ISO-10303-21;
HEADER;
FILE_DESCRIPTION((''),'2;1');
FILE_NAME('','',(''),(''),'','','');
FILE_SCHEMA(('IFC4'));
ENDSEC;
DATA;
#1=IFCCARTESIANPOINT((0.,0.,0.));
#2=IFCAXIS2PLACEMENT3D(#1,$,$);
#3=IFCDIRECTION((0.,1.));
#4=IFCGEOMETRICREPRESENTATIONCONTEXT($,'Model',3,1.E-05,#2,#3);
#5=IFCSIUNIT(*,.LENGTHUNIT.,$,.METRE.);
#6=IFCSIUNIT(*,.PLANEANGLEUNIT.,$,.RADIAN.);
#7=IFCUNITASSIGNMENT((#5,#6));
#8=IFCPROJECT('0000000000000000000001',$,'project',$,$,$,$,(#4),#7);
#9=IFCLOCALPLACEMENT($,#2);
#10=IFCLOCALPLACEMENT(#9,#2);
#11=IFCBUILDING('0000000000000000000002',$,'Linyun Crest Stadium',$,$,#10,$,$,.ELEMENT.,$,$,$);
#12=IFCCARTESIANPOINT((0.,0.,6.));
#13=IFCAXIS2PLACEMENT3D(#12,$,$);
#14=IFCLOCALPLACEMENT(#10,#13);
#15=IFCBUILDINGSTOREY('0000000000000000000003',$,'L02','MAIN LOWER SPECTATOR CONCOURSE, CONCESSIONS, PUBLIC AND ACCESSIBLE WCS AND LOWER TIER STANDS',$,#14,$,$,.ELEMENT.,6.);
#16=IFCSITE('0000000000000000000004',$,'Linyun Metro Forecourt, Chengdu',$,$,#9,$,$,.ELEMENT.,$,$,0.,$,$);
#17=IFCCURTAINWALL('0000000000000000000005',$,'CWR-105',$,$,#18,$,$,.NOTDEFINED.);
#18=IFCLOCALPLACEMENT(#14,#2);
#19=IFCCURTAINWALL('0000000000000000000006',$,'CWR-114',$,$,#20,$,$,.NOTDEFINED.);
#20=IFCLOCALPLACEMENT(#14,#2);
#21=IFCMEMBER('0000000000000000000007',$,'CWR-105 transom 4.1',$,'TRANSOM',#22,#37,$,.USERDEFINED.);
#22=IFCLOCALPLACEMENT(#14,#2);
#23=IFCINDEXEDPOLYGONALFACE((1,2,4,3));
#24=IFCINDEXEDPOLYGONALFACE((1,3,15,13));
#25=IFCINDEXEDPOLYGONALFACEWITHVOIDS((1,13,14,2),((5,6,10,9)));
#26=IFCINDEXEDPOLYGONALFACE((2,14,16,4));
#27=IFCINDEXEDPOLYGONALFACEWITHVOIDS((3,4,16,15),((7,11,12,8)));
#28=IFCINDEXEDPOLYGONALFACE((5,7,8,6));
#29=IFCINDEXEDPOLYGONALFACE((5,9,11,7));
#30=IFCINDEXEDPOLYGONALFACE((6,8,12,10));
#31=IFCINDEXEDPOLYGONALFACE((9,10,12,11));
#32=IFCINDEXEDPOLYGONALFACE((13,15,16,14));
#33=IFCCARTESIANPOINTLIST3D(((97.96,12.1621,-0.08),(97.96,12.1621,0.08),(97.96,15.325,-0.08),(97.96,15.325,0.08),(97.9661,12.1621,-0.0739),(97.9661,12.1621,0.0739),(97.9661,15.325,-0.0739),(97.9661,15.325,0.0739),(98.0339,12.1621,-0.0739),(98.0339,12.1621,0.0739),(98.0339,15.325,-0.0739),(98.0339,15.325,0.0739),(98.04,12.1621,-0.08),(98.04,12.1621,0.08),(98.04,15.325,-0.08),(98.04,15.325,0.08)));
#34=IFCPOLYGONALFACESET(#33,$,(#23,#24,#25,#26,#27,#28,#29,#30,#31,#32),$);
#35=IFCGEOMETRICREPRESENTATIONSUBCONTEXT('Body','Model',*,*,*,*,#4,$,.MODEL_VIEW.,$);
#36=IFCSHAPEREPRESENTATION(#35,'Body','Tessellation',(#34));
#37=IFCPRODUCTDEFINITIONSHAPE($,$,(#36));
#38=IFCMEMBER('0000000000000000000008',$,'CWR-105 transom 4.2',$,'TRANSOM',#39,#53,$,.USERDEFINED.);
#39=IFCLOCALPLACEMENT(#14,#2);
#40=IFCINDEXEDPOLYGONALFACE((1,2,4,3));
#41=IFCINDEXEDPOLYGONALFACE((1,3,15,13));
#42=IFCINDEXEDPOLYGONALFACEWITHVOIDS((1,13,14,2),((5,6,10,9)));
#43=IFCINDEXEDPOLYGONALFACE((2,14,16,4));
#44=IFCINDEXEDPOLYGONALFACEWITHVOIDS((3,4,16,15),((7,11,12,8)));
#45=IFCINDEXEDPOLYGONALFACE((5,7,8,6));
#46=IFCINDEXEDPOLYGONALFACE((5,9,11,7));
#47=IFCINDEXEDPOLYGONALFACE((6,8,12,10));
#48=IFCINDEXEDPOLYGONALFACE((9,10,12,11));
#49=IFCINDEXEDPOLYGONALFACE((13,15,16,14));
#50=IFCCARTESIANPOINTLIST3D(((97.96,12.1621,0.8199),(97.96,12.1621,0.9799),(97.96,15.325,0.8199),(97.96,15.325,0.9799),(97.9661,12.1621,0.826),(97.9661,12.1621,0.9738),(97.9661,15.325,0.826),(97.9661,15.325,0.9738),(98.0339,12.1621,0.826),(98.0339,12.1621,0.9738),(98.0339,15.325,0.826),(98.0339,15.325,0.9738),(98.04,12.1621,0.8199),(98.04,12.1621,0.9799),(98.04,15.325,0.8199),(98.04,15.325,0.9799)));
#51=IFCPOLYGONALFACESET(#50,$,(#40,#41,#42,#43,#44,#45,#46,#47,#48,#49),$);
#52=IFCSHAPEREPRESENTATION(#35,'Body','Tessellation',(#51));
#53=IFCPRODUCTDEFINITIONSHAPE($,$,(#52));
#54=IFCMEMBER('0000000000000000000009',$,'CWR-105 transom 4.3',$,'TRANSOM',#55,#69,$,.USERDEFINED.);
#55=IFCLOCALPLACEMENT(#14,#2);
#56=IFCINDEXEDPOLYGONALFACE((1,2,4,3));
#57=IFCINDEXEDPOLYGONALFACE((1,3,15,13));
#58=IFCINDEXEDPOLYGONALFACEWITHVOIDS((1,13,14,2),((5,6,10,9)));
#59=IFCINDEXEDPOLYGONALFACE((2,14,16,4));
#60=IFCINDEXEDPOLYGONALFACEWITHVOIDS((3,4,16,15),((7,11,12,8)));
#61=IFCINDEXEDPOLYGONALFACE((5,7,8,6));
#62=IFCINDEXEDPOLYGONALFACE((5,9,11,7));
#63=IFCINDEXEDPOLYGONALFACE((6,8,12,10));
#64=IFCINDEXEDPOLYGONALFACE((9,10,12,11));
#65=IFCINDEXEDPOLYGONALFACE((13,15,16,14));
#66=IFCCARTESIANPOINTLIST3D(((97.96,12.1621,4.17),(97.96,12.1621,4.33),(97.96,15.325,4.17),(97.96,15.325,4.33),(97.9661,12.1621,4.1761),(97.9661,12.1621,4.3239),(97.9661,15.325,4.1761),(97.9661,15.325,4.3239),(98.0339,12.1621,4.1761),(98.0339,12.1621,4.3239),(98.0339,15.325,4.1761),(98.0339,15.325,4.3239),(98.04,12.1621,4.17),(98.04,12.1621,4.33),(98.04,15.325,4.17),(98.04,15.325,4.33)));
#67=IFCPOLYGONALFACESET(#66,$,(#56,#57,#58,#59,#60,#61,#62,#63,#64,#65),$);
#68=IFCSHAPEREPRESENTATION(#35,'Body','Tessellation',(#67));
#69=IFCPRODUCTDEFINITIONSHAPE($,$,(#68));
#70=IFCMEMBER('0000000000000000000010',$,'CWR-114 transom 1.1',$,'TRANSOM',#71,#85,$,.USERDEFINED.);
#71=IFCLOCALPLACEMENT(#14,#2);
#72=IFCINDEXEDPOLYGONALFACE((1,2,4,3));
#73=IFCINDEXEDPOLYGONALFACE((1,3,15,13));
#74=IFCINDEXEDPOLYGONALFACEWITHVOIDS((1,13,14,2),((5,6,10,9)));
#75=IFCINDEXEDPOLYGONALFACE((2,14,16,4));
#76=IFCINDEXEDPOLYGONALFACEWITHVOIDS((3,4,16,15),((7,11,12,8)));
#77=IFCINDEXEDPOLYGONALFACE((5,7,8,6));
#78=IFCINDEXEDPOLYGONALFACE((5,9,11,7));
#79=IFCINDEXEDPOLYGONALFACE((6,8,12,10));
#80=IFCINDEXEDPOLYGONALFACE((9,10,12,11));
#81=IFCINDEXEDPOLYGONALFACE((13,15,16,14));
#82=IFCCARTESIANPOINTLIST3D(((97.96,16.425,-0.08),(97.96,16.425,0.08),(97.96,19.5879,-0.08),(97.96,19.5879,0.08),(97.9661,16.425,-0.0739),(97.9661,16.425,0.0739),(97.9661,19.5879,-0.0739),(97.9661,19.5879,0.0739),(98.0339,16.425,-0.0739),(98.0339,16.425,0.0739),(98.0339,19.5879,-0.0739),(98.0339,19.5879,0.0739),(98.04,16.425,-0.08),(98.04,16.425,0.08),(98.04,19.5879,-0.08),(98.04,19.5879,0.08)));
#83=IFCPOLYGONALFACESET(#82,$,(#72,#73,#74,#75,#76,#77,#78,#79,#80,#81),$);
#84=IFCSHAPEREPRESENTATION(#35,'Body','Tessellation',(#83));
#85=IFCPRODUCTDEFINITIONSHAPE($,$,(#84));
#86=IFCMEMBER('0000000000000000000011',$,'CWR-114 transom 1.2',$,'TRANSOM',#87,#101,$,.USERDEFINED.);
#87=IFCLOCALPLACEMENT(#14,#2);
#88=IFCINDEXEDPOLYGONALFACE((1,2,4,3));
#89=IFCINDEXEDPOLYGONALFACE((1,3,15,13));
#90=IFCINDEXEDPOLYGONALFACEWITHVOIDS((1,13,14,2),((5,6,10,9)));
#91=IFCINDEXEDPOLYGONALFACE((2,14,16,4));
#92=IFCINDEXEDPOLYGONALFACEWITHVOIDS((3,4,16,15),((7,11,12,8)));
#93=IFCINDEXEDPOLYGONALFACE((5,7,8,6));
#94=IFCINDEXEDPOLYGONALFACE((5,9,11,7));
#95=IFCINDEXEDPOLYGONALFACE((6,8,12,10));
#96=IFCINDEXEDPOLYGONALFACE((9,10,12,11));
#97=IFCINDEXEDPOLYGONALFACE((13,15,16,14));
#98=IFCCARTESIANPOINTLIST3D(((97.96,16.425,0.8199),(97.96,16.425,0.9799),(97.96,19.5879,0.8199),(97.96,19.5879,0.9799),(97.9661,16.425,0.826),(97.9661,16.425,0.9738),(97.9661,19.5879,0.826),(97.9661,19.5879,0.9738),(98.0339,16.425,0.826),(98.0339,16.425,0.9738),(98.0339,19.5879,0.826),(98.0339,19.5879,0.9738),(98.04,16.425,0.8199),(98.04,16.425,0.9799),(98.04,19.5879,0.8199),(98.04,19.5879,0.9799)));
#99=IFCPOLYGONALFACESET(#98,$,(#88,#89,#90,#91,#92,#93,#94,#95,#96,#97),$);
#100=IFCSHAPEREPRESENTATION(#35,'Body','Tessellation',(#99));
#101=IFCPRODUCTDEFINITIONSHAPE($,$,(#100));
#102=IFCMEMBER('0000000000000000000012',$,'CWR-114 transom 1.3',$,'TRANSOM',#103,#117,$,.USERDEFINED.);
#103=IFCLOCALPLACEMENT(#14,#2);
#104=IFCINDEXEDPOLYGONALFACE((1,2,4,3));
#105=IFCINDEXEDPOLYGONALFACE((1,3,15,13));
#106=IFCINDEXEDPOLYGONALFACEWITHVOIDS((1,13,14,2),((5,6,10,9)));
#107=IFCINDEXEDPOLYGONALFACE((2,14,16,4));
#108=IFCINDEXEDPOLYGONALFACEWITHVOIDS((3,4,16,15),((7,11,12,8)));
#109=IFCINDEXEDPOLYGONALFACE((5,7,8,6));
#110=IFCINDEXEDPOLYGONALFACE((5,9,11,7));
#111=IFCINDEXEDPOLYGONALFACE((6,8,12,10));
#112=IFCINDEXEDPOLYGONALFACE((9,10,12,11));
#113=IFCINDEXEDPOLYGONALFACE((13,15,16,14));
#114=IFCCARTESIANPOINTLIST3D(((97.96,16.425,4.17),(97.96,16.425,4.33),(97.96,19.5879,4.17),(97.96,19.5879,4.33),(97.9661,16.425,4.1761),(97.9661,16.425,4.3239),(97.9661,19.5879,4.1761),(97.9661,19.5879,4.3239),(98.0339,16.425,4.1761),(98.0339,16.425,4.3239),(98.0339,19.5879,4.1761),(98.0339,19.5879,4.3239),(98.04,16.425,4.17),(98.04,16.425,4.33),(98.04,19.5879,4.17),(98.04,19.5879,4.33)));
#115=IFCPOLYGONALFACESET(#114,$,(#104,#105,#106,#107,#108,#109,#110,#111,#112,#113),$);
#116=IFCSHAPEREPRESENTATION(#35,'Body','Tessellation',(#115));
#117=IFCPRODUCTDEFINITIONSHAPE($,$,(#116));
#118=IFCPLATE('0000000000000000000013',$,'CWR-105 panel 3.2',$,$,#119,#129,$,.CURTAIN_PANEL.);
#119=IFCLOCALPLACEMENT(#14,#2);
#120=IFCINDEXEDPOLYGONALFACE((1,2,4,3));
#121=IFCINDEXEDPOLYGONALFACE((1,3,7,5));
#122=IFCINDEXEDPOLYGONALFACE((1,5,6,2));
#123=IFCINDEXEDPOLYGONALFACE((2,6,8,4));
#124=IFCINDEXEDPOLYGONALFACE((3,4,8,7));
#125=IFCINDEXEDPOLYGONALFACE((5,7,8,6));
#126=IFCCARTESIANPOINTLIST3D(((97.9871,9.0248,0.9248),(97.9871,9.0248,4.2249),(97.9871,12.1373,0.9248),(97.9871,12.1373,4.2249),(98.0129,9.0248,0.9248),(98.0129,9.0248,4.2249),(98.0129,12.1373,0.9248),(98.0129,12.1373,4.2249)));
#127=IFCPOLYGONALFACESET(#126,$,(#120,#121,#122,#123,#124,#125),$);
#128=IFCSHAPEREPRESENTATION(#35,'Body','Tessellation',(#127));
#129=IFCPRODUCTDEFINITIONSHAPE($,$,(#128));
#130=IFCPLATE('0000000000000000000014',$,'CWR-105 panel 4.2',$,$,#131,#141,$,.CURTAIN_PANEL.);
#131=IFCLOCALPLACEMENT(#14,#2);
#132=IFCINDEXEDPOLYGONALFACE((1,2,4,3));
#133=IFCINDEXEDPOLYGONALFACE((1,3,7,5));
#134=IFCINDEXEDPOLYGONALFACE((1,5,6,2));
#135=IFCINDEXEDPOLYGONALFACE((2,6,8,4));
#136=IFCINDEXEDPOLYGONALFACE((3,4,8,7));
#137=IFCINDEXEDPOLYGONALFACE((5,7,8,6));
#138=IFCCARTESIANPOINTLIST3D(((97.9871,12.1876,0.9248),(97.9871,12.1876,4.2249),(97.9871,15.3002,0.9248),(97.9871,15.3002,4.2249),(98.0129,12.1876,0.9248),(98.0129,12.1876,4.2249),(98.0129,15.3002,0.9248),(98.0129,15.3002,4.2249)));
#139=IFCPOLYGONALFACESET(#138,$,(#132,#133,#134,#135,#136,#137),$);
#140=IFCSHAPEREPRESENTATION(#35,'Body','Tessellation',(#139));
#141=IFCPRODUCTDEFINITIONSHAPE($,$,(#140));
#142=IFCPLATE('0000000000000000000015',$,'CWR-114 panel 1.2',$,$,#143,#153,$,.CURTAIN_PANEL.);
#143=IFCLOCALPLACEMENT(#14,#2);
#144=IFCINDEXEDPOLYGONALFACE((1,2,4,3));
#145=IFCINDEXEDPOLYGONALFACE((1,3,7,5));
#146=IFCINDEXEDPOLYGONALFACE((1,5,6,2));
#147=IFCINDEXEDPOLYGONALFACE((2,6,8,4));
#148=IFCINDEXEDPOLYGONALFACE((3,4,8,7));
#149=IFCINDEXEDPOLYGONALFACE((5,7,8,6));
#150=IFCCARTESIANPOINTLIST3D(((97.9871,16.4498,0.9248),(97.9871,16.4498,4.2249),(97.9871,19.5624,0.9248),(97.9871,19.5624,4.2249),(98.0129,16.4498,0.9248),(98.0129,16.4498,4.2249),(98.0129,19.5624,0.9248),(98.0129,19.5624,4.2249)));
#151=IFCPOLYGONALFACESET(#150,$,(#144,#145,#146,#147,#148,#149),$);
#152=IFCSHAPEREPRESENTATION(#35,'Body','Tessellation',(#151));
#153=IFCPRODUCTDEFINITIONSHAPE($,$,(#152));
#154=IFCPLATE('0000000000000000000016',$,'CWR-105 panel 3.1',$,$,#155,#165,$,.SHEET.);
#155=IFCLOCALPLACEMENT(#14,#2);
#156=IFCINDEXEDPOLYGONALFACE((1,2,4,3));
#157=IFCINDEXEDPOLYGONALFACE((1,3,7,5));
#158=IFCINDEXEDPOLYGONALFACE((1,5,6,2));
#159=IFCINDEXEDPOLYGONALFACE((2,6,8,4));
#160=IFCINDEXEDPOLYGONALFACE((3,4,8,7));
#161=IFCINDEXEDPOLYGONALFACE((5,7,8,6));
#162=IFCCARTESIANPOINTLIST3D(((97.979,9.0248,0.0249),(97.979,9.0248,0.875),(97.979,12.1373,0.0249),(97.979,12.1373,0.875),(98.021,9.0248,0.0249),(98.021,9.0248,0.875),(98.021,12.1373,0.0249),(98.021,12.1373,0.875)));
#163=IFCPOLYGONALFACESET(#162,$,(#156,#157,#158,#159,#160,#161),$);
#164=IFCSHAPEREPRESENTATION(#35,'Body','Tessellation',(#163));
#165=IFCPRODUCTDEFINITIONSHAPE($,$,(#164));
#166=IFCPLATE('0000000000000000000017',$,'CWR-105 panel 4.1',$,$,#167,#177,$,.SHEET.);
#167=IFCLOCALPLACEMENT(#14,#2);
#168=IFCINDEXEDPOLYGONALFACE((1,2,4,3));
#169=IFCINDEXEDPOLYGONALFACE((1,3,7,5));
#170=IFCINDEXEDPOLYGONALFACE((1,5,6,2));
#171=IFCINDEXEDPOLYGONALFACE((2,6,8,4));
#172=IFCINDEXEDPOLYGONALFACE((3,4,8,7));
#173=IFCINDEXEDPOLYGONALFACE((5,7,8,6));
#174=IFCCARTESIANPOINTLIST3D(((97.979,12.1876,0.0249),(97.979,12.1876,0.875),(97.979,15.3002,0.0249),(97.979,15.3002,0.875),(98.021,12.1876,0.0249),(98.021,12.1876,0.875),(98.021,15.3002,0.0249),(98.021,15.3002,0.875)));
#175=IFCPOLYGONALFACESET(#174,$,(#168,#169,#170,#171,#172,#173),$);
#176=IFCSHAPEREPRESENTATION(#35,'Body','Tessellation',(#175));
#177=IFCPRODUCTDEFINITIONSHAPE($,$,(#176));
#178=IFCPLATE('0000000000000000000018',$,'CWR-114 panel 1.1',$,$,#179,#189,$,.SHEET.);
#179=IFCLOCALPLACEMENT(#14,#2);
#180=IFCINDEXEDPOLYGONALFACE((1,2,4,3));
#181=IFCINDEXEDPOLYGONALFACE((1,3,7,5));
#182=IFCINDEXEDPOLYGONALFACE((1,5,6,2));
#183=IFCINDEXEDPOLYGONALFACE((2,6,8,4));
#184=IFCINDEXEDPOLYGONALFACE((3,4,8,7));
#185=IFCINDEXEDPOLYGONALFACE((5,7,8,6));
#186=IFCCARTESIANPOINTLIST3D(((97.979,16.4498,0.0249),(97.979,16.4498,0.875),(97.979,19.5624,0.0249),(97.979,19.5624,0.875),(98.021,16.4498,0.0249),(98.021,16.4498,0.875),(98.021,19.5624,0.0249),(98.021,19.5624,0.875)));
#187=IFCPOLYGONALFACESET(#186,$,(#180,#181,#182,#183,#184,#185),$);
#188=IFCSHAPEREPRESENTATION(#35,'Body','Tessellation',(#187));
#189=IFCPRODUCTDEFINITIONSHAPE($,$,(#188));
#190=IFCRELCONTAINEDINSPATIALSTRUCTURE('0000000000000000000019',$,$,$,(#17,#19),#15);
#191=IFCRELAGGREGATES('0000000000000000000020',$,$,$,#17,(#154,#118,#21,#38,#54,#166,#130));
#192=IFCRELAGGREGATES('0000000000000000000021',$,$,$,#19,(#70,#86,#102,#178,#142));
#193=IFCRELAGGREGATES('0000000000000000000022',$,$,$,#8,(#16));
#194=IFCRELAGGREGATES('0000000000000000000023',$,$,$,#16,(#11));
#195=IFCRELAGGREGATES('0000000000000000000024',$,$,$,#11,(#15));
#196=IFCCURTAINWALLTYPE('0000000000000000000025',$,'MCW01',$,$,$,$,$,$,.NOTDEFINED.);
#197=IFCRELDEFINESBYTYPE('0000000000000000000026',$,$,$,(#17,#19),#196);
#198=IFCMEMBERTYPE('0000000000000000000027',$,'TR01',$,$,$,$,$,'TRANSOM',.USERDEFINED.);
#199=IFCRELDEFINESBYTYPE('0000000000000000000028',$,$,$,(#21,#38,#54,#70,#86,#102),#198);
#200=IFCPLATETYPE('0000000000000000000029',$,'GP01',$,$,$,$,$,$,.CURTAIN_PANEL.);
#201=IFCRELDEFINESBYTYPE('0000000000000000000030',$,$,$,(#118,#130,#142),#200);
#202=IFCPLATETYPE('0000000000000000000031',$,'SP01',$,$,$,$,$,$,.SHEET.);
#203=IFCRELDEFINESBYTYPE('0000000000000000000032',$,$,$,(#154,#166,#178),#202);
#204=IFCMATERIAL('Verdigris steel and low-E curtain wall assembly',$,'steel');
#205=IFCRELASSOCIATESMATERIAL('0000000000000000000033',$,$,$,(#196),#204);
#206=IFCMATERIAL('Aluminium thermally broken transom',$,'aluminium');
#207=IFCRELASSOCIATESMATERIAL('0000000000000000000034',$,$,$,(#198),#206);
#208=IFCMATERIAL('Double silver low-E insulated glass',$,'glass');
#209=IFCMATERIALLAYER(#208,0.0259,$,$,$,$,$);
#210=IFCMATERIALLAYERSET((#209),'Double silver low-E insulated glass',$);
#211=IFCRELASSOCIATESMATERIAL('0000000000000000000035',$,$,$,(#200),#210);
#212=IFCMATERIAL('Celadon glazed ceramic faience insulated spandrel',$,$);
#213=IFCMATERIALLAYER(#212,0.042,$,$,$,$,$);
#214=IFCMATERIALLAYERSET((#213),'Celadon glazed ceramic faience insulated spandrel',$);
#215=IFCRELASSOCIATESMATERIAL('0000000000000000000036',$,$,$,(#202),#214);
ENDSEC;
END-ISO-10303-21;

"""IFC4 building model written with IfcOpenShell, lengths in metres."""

from ifc_helpers import new_model, si_unit, direction, frame, origin, origin_2d, place, context, subcontext, project, spatial, rectangle, hollow_rectangle, extrude, material, layer, layer_set, material_profile, profile_set, type_object, element, aggregate, save


model = new_model("IFC4")

# Units and contexts
model_context = context("Model", 3, precision=1e-05, world=origin(), true_north=direction((0.0, 1.0)))
body_context = subcontext(model_context, "Body", "Model", "MODEL_VIEW")
ifc_project = project(units=[si_unit("LENGTHUNIT", "METRE"), si_unit("PLANEANGLEUNIT", "RADIAN")], contexts=[model_context])

# Site, building, storey
site_placement = place(None, origin())
site = spatial("IfcSite", under=ifc_project, at=site_placement, Name="Linyun Metro Forecourt, Chengdu", CompositionType="ELEMENT", RefElevation=0.0)
building_placement = place(site_placement, origin())
building = spatial("IfcBuilding", under=site, at=building_placement, Name="Linyun Crest Stadium", CompositionType="ELEMENT")
storey_placement = place(building_placement, frame((0.0, 0.0, 6.0)))
storey = spatial("IfcBuildingStorey", under=building, at=storey_placement, Name="L02", Description="MAIN LOWER SPECTATOR CONCOURSE, CONCESSIONS, PUBLIC AND ACCESSIBLE WCS AND LOWER TIER STANDS", CompositionType="ELEMENT", Elevation=6.0)

# Curtain wall
ifc_material_1 = material(Name="Verdigris steel and low-E curtain wall assembly", Category="steel")
curtain_wall_type = type_object("IfcCurtainWallType", Name="MCW01", PredefinedType="NOTDEFINED", material=ifc_material_1)
curtain_wall_1_placement = place(storey_placement, origin())
curtain_wall_1 = element("IfcCurtainWall", 1, at=curtain_wall_1_placement, inside=storey, type_object=curtain_wall_type, Name="CWR-105", PredefinedType="NOTDEFINED")

# Curtain wall
curtain_wall_2_placement = place(storey_placement, origin())
curtain_wall_2 = element("IfcCurtainWall", 2, at=curtain_wall_2_placement, inside=storey, type_object=curtain_wall_type, Name="CWR-114", PredefinedType="NOTDEFINED")

# Members
ifc_material_2 = material(Name="Aluminium thermally broken transom", Category="aluminium")
ifc_material_profile_1 = material_profile(ifc_material_2, hollow_rectangle(XDim=0.0801, YDim=0.1599, WallThickness=0.0061, at=origin_2d()), Name="RHS 160x80x6")
ifc_profile_set_1 = profile_set([ifc_material_profile_1], Name="Aluminium thermally broken transom")
member_type_1 = type_object("IfcMemberType", Name="TR01", ElementType="TRANSOM", PredefinedType="USERDEFINED", material=ifc_profile_set_1)
member_1_placement = place(storey_placement, frame((98.0, 12.1621, 0.0), z_axis=(0.0, 1.0, 0.0), x_axis=(-1.0, 0.0, 0.0)))
member_1 = element("IfcMember", 3, at=member_1_placement, type_object=member_type_1, Name="CWR-105 transom 4.1", ObjectType="TRANSOM", PredefinedType="USERDEFINED", context=body_context, shape_type="SweptSolid", body=[
    extrude(hollow_rectangle(XDim=0.0801, YDim=0.1599, WallThickness=0.0061, at=origin_2d()), origin(), (0.0, 0.0, 1.0), 3.1628),
])
member_2_placement = place(storey_placement, frame((98.0, 12.1621, 0.8999), z_axis=(0.0, 1.0, 0.0), x_axis=(-1.0, 0.0, 0.0)))
member_2 = element("IfcMember", 4, at=member_2_placement, type_object=member_type_1, Name="CWR-105 transom 4.2", ObjectType="TRANSOM", PredefinedType="USERDEFINED", context=body_context, shape_type="SweptSolid", body=[
    extrude(hollow_rectangle(XDim=0.0801, YDim=0.1599, WallThickness=0.0061, at=origin_2d()), origin(), (0.0, 0.0, 1.0), 3.1628),
])
member_3_placement = place(storey_placement, frame((98.0, 12.1621, 4.25), z_axis=(0.0, 1.0, 0.0), x_axis=(-1.0, 0.0, 0.0)))
member_3 = element("IfcMember", 5, at=member_3_placement, type_object=member_type_1, Name="CWR-105 transom 4.3", ObjectType="TRANSOM", PredefinedType="USERDEFINED", context=body_context, shape_type="SweptSolid", body=[
    extrude(hollow_rectangle(XDim=0.0801, YDim=0.1599, WallThickness=0.0061, at=origin_2d()), origin(), (0.0, 0.0, 1.0), 3.1628),
])
member_4_placement = place(storey_placement, frame((98.0, 16.425, 0.0), z_axis=(0.0, 1.0, 0.0), x_axis=(-1.0, 0.0, 0.0)))
member_4 = element("IfcMember", 6, at=member_4_placement, type_object=member_type_1, Name="CWR-114 transom 1.1", ObjectType="TRANSOM", PredefinedType="USERDEFINED", context=body_context, shape_type="SweptSolid", body=[
    extrude(hollow_rectangle(XDim=0.0801, YDim=0.1599, WallThickness=0.0061, at=origin_2d()), origin(), (0.0, 0.0, 1.0), 3.1628),
])
member_5_placement = place(storey_placement, frame((98.0, 16.425, 0.8999), z_axis=(0.0, 1.0, 0.0), x_axis=(-1.0, 0.0, 0.0)))
member_5 = element("IfcMember", 7, at=member_5_placement, type_object=member_type_1, Name="CWR-114 transom 1.2", ObjectType="TRANSOM", PredefinedType="USERDEFINED", context=body_context, shape_type="SweptSolid", body=[
    extrude(hollow_rectangle(XDim=0.0801, YDim=0.1599, WallThickness=0.0061, at=origin_2d()), origin(), (0.0, 0.0, 1.0), 3.1628),
])
member_6_placement = place(storey_placement, frame((98.0, 16.425, 4.25), z_axis=(0.0, 1.0, 0.0), x_axis=(-1.0, 0.0, 0.0)))
member_6 = element("IfcMember", 8, at=member_6_placement, type_object=member_type_1, Name="CWR-114 transom 1.3", ObjectType="TRANSOM", PredefinedType="USERDEFINED", context=body_context, shape_type="SweptSolid", body=[
    extrude(hollow_rectangle(XDim=0.0801, YDim=0.1599, WallThickness=0.0061, at=origin_2d()), origin(), (0.0, 0.0, 1.0), 3.1628),
])

# Plates
ifc_material_3 = material(Name="Double silver low-E insulated glass", Category="glass")
ifc_layer_1 = layer(ifc_material_3, 0.0259)
ifc_layer_set_1 = layer_set([ifc_layer_1], Name="Double silver low-E insulated glass")
plate_type_1 = type_object("IfcPlateType", Name="GP01", PredefinedType="CURTAIN_PANEL", material=ifc_layer_set_1)
plate_1_placement = place(storey_placement, frame((98.0, 10.5811, 0.9248), z_axis=(0.0, 0.0, 1.0), x_axis=(0.0, 1.0, 0.0)))
plate_1 = element("IfcPlate", 9, at=plate_1_placement, type_object=plate_type_1, Name="CWR-105 panel 3.2", PredefinedType="CURTAIN_PANEL", context=body_context, shape_type="SweptSolid", body=[
    extrude(rectangle(XDim=3.1125, YDim=0.0259, at=origin_2d()), origin(), (0.0, 0.0, 1.0), 3.3),
])
plate_2_placement = place(storey_placement, frame((98.0, 13.7439, 0.9248), z_axis=(0.0, 0.0, 1.0), x_axis=(0.0, 1.0, 0.0)))
plate_2 = element("IfcPlate", 10, at=plate_2_placement, type_object=plate_type_1, Name="CWR-105 panel 4.2", PredefinedType="CURTAIN_PANEL", context=body_context, shape_type="SweptSolid", body=[
    extrude(rectangle(XDim=3.1125, YDim=0.0259, at=origin_2d()), origin(), (0.0, 0.0, 1.0), 3.3),
])
plate_3_placement = place(storey_placement, frame((98.0, 18.0061, 0.9248), z_axis=(0.0, 0.0, 1.0), x_axis=(0.0, 1.0, 0.0)))
plate_3 = element("IfcPlate", 11, at=plate_3_placement, type_object=plate_type_1, Name="CWR-114 panel 1.2", PredefinedType="CURTAIN_PANEL", context=body_context, shape_type="SweptSolid", body=[
    extrude(rectangle(XDim=3.1125, YDim=0.0259, at=origin_2d()), origin(), (0.0, 0.0, 1.0), 3.3),
])
ifc_material_4 = material(Name="Celadon glazed ceramic faience insulated spandrel")
ifc_layer_2 = layer(ifc_material_4, 0.042)
ifc_layer_set_2 = layer_set([ifc_layer_2], Name="Celadon glazed ceramic faience insulated spandrel")
plate_type_2 = type_object("IfcPlateType", Name="SP01", PredefinedType="SHEET", material=ifc_layer_set_2)
plate_4_placement = place(storey_placement, frame((98.0, 10.5811, 0.0249), z_axis=(0.0, 0.0, 1.0), x_axis=(0.0, 1.0, 0.0)))
plate_4 = element("IfcPlate", 12, at=plate_4_placement, type_object=plate_type_2, Name="CWR-105 panel 3.1", PredefinedType="SHEET", context=body_context, shape_type="SweptSolid", body=[
    extrude(rectangle(XDim=3.1125, YDim=0.042, at=origin_2d()), origin(), (0.0, 0.0, 1.0), 0.8501),
])
plate_5_placement = place(storey_placement, frame((98.0, 13.7439, 0.0249), z_axis=(0.0, 0.0, 1.0), x_axis=(0.0, 1.0, 0.0)))
plate_5 = element("IfcPlate", 13, at=plate_5_placement, type_object=plate_type_2, Name="CWR-105 panel 4.1", PredefinedType="SHEET", context=body_context, shape_type="SweptSolid", body=[
    extrude(rectangle(XDim=3.1125, YDim=0.042, at=origin_2d()), origin(), (0.0, 0.0, 1.0), 0.8501),
])
aggregate(curtain_wall_1, [plate_4, plate_1, member_1, member_2, member_3, plate_5, plate_2])
plate_6_placement = place(storey_placement, frame((98.0, 18.0061, 0.0249), z_axis=(0.0, 0.0, 1.0), x_axis=(0.0, 1.0, 0.0)))
plate_6 = element("IfcPlate", 14, at=plate_6_placement, type_object=plate_type_2, Name="CWR-114 panel 1.1", PredefinedType="SHEET", context=body_context, shape_type="SweptSolid", body=[
    extrude(rectangle(XDim=3.1125, YDim=0.042, at=origin_2d()), origin(), (0.0, 0.0, 1.0), 0.8501),
])
aggregate(curtain_wall_2, [member_4, member_5, member_6, plate_6, plate_3])

save(model, "model.ifc")
